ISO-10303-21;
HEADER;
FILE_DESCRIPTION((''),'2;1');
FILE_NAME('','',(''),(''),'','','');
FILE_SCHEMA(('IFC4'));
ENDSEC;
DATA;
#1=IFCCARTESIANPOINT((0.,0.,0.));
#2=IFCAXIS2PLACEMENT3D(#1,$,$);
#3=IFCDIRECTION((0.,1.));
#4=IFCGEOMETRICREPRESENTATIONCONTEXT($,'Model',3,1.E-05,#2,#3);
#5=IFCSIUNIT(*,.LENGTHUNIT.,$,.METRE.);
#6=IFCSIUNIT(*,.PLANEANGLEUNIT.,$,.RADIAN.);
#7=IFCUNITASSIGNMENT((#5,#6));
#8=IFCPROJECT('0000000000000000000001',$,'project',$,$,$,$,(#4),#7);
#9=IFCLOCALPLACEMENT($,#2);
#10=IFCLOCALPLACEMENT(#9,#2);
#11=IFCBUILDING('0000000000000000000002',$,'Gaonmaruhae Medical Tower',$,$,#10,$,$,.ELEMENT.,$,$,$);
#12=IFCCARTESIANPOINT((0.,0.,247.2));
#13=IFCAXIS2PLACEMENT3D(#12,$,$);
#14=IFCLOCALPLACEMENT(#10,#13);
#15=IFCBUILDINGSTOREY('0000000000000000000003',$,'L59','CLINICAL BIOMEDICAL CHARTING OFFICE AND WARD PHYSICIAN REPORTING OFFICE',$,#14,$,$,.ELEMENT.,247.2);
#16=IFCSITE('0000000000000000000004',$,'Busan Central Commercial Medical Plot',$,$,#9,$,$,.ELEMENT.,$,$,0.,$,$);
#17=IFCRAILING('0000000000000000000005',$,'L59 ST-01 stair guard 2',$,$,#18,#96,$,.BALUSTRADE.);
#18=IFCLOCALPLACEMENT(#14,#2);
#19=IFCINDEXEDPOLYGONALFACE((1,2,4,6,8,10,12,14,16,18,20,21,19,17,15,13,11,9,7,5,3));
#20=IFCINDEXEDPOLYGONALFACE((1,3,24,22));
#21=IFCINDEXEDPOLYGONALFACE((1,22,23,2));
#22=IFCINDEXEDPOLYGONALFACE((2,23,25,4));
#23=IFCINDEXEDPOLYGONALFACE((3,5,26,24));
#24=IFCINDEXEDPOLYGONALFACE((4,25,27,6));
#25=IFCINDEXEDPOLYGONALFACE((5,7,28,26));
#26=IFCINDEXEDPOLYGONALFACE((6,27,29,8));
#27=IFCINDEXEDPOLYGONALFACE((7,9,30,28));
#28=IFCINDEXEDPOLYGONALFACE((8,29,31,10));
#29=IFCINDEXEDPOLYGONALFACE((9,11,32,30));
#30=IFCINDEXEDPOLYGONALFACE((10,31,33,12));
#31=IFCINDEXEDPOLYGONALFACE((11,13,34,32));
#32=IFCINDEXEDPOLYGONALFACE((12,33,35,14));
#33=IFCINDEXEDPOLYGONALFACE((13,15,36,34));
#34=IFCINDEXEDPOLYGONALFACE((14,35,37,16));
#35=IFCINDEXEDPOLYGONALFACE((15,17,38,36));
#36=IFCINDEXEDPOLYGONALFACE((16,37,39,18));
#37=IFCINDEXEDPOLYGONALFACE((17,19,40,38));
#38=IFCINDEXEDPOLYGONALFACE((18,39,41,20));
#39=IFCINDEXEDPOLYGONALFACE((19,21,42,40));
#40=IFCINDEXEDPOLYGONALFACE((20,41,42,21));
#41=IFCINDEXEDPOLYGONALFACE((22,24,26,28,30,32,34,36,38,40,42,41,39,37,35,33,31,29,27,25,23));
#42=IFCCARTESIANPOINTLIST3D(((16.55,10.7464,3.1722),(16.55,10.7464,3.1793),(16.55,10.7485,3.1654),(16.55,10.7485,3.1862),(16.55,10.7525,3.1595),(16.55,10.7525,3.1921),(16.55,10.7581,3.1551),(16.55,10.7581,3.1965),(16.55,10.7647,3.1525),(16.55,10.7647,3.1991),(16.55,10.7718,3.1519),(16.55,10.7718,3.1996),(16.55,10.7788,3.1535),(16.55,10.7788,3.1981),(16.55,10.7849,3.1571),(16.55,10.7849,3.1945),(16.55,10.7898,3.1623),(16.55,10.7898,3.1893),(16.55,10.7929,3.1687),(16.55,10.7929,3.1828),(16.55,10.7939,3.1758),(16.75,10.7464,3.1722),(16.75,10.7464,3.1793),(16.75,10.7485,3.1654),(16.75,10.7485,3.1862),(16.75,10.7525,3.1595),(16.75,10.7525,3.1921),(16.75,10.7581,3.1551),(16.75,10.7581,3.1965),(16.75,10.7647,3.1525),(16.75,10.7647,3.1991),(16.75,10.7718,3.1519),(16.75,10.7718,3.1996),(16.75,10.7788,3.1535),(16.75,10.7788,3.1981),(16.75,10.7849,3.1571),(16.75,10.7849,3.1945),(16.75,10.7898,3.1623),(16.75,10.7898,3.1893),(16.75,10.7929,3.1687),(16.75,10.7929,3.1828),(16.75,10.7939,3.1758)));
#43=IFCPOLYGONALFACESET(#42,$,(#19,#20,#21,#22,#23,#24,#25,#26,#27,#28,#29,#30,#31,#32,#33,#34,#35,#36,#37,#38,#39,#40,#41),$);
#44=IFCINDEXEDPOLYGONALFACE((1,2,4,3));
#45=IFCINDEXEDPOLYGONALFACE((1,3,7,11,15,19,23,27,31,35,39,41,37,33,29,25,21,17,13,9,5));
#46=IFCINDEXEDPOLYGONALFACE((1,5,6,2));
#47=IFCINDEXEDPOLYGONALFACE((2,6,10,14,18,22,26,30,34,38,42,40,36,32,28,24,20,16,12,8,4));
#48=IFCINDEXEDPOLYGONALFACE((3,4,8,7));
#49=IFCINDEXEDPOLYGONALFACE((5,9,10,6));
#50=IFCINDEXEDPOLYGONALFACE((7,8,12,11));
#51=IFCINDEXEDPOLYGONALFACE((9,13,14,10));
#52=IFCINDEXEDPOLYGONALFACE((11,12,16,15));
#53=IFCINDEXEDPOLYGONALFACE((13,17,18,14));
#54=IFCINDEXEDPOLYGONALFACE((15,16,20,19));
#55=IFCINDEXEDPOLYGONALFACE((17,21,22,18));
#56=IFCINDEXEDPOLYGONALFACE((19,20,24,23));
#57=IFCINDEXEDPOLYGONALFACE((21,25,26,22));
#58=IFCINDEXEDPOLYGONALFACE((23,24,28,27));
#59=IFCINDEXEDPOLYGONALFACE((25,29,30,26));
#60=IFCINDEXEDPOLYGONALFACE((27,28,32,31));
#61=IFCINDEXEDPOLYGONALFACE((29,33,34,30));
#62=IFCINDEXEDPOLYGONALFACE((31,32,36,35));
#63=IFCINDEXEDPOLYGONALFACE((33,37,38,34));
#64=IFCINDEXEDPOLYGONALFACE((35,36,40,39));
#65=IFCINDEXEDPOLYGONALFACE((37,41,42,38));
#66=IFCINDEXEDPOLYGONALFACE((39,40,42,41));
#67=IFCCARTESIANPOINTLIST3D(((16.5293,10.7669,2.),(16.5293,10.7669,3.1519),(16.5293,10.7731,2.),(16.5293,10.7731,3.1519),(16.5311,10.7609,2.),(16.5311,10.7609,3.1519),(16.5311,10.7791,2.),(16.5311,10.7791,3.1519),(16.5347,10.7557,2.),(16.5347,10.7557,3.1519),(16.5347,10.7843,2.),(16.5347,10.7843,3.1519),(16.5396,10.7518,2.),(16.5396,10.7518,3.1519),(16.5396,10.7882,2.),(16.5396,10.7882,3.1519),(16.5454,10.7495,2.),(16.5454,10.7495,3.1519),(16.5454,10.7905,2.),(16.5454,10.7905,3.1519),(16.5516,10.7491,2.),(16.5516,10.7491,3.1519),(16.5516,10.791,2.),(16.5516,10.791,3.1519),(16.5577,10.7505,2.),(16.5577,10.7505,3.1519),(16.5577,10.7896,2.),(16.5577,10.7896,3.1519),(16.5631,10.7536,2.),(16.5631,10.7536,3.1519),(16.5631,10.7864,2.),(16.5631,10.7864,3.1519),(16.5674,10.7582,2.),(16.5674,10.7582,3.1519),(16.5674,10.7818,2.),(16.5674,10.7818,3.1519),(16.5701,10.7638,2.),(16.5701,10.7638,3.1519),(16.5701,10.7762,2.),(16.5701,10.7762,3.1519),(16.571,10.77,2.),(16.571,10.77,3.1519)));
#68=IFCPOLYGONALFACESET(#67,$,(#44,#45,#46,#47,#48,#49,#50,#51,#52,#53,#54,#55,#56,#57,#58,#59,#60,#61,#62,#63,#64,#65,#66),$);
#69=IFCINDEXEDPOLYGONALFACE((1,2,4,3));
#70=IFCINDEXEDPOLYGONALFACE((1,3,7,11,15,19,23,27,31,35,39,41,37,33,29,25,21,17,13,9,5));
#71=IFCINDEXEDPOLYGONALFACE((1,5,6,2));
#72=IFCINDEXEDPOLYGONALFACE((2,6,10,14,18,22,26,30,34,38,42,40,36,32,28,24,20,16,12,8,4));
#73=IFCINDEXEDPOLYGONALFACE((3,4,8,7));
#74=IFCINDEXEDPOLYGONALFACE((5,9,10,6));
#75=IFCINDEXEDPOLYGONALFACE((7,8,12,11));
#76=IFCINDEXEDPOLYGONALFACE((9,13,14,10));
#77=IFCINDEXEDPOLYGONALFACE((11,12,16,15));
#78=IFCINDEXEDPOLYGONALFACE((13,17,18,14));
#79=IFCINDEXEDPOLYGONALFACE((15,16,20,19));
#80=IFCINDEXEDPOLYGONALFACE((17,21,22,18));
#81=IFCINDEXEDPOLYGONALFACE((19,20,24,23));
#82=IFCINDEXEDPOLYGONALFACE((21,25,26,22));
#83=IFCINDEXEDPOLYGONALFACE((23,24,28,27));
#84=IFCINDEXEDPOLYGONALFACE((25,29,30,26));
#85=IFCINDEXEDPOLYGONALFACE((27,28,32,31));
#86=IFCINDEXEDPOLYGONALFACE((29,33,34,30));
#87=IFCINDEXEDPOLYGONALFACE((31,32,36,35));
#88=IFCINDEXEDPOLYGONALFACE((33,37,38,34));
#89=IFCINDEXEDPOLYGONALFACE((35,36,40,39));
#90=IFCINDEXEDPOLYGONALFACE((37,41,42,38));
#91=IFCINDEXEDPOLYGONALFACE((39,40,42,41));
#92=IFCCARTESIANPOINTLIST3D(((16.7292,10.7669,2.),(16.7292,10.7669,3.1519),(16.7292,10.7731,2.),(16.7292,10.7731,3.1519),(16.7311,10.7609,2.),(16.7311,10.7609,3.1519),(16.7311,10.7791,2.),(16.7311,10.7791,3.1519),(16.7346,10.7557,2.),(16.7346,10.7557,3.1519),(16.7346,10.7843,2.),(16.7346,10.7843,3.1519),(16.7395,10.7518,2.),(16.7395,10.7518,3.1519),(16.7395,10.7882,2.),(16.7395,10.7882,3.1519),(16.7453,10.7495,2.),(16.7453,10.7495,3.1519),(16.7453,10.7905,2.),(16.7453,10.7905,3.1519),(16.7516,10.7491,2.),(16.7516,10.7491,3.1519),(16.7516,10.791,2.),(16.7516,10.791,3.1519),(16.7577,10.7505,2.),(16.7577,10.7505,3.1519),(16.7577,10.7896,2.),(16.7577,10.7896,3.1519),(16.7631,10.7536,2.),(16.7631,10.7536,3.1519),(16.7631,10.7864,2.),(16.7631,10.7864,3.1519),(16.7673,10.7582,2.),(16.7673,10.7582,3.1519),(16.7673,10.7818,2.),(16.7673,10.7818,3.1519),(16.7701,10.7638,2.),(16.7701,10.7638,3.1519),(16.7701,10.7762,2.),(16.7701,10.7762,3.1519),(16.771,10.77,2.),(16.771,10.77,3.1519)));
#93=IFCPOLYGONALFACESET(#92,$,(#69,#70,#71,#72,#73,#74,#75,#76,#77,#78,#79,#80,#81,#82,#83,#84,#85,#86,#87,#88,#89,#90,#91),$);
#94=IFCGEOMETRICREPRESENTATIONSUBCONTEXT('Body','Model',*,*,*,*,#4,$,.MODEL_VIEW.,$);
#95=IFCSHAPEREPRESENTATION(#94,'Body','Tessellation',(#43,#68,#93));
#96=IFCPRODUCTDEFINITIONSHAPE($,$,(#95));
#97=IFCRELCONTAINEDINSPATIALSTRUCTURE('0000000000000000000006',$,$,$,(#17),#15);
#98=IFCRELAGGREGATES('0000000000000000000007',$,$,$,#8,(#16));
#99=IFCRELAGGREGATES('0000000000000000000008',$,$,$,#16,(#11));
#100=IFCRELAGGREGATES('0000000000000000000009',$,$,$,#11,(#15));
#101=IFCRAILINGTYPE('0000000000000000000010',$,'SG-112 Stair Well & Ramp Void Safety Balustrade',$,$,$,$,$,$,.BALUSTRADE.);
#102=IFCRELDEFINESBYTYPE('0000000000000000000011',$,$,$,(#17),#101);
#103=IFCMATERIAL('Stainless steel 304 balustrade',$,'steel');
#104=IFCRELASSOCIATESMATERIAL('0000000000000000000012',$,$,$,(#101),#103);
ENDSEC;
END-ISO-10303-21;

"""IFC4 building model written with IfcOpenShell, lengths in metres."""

from ifc_helpers import new_model, si_unit, direction, frame, origin, origin_2d, place, context, subcontext, project, spatial, circle, extrude, material, type_object, element, save


model = new_model("IFC4")

# Units and contexts
model_context = context("Model", 3, precision=1e-05, world=origin(), true_north=direction((0.0, 1.0)))
body_context = subcontext(model_context, "Body", "Model", "MODEL_VIEW")
ifc_project = project(units=[si_unit("LENGTHUNIT", "METRE"), si_unit("PLANEANGLEUNIT", "RADIAN")], contexts=[model_context])

# Site, building, storey
site_placement = place(None, origin())
site = spatial("IfcSite", under=ifc_project, at=site_placement, Name="Busan Central Commercial Medical Plot", CompositionType="ELEMENT", RefElevation=0.0)
building_placement = place(site_placement, origin())
building = spatial("IfcBuilding", under=site, at=building_placement, Name="Gaonmaruhae Medical Tower", CompositionType="ELEMENT")
storey_placement = place(building_placement, frame((0.0, 0.0, 247.2)))
storey = spatial("IfcBuildingStorey", under=building, at=storey_placement, Name="L59", Description="CLINICAL BIOMEDICAL CHARTING OFFICE AND WARD PHYSICIAN REPORTING OFFICE", CompositionType="ELEMENT", Elevation=247.2)

# Railing
ifc_material_1 = material(Name="Stainless steel 304 balustrade", Category="steel")
railing_type_1 = type_object("IfcRailingType", Name="SG-112 Stair Well & Ramp Void Safety Balustrade", PredefinedType="BALUSTRADE", material=ifc_material_1)
railing_1_placement = place(storey_placement, frame((16.55, 10.77, 2.0)))
element("IfcRailing", 1, at=railing_1_placement, inside=storey, type_object=railing_type_1, Name="L59 ST-01 stair guard 2", PredefinedType="BALUSTRADE", context=body_context, shape_type="SweptSolid", body=[
    extrude(circle(Radius=0.0239, at=origin_2d()), frame((0.0, 0.0, 1.1758), z_axis=(1.0, 0.0, 0.0), x_axis=(0.0, 1.0, 0.0)), (0.0, 0.0, 1.0), 0.2),
    extrude(circle(Radius=0.021, at=origin_2d()), origin(), (0.0, 0.0, 1.0), 1.1519),
    extrude(circle(Radius=0.021, at=origin_2d()), frame((0.2, 0.0, 0.0)), (0.0, 0.0, 1.0), 1.1519),
])

save(model, "model.ifc")
